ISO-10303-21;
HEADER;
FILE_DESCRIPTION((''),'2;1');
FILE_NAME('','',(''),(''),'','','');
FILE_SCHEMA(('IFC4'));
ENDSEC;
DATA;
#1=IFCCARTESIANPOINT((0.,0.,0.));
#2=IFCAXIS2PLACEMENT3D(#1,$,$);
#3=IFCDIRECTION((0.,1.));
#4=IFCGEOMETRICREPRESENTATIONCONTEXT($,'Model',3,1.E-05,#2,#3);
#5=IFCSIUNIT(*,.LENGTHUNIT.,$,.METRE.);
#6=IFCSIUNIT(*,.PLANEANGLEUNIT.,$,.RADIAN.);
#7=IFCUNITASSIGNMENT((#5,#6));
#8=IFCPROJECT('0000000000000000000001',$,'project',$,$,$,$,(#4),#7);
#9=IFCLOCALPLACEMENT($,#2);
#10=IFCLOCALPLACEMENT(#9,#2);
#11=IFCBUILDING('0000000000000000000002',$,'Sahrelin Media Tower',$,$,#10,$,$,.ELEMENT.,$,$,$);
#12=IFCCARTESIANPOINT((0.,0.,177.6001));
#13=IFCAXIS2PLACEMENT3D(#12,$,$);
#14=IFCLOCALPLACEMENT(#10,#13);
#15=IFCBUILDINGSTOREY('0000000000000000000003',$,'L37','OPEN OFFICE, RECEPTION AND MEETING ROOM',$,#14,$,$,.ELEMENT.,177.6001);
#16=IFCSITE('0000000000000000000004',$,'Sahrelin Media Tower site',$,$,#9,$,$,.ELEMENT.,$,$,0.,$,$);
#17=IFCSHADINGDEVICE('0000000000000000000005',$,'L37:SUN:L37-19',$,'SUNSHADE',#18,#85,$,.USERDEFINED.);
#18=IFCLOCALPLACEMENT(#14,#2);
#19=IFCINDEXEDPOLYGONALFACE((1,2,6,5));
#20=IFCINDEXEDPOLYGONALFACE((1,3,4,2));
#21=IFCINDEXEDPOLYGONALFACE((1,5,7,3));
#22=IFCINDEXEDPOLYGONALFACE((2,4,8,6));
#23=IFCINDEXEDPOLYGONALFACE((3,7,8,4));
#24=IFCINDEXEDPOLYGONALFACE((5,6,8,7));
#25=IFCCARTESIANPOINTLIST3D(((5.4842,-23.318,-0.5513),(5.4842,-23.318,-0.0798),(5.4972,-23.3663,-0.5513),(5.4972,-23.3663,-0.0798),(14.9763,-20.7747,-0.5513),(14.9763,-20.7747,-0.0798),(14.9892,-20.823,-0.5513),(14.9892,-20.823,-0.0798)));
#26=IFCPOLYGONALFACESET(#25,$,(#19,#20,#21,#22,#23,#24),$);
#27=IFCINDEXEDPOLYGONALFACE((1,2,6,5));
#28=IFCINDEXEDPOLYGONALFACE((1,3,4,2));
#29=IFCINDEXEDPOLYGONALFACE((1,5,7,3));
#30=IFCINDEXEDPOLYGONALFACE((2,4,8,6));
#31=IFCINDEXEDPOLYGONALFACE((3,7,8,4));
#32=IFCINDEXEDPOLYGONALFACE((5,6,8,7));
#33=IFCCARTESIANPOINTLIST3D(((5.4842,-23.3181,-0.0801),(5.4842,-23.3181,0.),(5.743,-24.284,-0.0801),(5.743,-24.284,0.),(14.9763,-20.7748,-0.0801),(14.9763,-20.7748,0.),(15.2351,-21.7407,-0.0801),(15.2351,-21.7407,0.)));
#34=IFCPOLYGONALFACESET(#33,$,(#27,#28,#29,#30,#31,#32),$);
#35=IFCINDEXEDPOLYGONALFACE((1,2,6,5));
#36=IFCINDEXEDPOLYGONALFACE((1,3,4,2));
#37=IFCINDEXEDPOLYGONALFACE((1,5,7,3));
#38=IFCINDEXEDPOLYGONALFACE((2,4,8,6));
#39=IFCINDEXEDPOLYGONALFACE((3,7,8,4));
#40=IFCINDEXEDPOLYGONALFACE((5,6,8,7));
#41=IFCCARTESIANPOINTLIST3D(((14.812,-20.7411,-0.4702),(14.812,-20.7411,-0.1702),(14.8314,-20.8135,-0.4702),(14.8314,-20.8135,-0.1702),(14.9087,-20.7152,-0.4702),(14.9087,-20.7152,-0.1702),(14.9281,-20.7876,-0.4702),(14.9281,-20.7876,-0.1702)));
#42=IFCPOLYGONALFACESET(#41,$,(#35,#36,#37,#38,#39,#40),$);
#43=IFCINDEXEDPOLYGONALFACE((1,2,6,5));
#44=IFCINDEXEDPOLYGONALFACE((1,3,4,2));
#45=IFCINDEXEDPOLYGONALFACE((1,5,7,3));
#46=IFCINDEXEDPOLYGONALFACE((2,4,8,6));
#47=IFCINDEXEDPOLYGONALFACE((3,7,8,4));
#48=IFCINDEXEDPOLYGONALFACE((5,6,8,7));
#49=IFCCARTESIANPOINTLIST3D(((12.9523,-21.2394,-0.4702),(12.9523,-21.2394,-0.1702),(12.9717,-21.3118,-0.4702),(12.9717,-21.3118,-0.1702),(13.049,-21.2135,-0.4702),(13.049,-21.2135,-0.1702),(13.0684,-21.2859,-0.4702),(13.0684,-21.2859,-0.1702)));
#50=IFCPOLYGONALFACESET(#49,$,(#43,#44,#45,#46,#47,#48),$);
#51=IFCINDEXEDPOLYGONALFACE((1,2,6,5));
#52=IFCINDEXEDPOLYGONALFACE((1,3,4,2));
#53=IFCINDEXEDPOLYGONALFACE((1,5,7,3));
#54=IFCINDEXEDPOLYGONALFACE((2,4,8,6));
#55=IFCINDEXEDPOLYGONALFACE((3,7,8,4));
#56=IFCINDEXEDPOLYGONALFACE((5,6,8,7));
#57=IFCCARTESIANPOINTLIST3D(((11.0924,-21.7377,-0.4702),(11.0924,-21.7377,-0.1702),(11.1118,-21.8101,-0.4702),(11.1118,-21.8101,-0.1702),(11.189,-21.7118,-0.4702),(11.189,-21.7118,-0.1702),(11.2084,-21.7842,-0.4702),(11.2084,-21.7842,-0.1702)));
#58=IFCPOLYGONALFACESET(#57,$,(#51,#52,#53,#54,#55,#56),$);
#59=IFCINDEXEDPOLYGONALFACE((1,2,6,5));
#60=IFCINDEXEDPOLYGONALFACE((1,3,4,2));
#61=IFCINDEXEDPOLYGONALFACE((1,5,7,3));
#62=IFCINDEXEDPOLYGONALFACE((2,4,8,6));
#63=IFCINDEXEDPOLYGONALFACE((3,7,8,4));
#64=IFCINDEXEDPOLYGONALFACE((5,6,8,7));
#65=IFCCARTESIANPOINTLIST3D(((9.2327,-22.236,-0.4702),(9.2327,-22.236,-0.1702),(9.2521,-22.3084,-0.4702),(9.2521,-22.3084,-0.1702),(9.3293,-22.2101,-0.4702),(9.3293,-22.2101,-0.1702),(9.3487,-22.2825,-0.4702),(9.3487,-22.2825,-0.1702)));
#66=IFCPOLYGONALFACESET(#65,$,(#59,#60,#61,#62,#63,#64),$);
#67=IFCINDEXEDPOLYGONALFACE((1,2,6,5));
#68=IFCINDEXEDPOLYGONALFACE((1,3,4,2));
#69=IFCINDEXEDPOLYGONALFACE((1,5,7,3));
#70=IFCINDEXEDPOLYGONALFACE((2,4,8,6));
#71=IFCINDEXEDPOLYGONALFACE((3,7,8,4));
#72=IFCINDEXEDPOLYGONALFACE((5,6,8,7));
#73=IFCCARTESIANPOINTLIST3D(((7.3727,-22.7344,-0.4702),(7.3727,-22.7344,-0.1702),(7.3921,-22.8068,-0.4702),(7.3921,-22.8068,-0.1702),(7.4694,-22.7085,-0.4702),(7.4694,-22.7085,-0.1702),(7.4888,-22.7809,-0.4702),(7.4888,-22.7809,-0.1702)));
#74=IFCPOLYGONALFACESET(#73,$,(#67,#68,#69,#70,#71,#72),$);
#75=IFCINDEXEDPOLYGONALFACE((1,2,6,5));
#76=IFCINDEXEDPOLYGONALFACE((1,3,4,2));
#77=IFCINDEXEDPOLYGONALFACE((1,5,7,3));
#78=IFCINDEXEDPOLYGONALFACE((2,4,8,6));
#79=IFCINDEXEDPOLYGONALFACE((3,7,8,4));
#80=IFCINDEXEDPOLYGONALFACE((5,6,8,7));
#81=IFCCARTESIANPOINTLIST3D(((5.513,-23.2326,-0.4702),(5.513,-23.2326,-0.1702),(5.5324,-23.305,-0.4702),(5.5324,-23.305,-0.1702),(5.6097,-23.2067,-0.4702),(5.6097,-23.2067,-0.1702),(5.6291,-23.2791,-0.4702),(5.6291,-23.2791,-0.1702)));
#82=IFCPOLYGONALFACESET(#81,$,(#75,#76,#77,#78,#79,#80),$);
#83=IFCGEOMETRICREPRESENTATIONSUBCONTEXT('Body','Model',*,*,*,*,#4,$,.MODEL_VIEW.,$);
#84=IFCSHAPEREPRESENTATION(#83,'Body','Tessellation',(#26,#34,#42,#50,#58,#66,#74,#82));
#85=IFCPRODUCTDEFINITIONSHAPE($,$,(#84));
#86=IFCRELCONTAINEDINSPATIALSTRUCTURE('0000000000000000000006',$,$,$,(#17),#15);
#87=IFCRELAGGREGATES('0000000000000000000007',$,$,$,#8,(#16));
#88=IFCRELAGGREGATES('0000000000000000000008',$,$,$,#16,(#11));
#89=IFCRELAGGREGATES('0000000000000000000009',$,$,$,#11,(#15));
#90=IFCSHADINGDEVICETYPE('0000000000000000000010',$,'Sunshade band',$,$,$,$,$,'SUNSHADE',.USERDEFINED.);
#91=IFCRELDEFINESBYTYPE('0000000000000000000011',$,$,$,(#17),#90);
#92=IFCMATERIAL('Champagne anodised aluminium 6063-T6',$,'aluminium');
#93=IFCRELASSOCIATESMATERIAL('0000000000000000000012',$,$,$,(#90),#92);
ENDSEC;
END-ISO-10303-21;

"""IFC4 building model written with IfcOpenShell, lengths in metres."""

from ifc_helpers import new_model, si_unit, direction, frame, origin, origin_2d, place, context, subcontext, project, spatial, rectangle, extrude, material, type_object, element, save


model = new_model("IFC4")

# Units and contexts
model_context = context("Model", 3, precision=1e-05, world=origin(), true_north=direction((0.0, 1.0)))
body_context = subcontext(model_context, "Body", "Model", "MODEL_VIEW")
ifc_project = project(units=[si_unit("LENGTHUNIT", "METRE"), si_unit("PLANEANGLEUNIT", "RADIAN")], contexts=[model_context])

# Site, building, storey
site_placement = place(None, origin())
site = spatial("IfcSite", under=ifc_project, at=site_placement, Name="Sahrelin Media Tower site", CompositionType="ELEMENT", RefElevation=0.0)
building_placement = place(site_placement, origin())
building = spatial("IfcBuilding", under=site, at=building_placement, Name="Sahrelin Media Tower", CompositionType="ELEMENT")
storey_placement = place(building_placement, frame((0.0, 0.0, 177.6001)))
storey = spatial("IfcBuildingStorey", under=building, at=storey_placement, Name="L37", Description="OPEN OFFICE, RECEPTION AND MEETING ROOM", CompositionType="ELEMENT", Elevation=177.6001)

# Shared definitions
ifc_material_1 = material(Name="Champagne anodised aluminium 6063-T6", Category="aluminium")

# Shading device
placement = place(storey_placement, frame((10.2251, -22.0271, 0.0), z_axis=(0.0, 0.0, 1.0), x_axis=(-0.965929, -0.258808, 0.0)))
shading_device_type_1 = type_object("IfcShadingDeviceType", Name="Sunshade band", ElementType="SUNSHADE", PredefinedType="USERDEFINED", material=ifc_material_1)
element("IfcShadingDevice", 1, at=placement, inside=storey, type_object=shading_device_type_1, Name="L37:SUN:L37-19", ObjectType="SUNSHADE", PredefinedType="USERDEFINED", context=body_context, shape_type="SweptSolid", body=[
    extrude(rectangle(XDim=9.8269, YDim=0.05, at=origin_2d()), frame((0.0, 0.0449, -0.5513)), (0.0, 0.0, 1.0), 0.4714),
    extrude(rectangle(XDim=9.8269, YDim=1.0, at=origin_2d()), frame((0.0, 0.52, -0.0801)), (0.0, 0.0, 1.0), 0.0801),
    extrude(rectangle(XDim=0.1001, YDim=0.075, at=origin_2d()), frame((-4.8135, -0.0176, -0.4702)), (0.0, 0.0, 1.0), 0.3),
    extrude(rectangle(XDim=0.1001, YDim=0.075, at=origin_2d()), frame((-2.8882, -0.0176, -0.4702)), (0.0, 0.0, 1.0), 0.3),
    extrude(rectangle(XDim=0.1001, YDim=0.075, at=origin_2d()), frame((-0.9626, -0.0176, -0.4702)), (0.0, 0.0, 1.0), 0.3),
    extrude(rectangle(XDim=0.1001, YDim=0.075, at=origin_2d()), frame((0.9626, -0.0176, -0.4702)), (0.0, 0.0, 1.0), 0.3),
    extrude(rectangle(XDim=0.1001, YDim=0.075, at=origin_2d()), frame((2.8882, -0.0176, -0.4702)), (0.0, 0.0, 1.0), 0.3),
    extrude(rectangle(XDim=0.1001, YDim=0.075, at=origin_2d()), frame((4.8135, -0.0176, -0.4702)), (0.0, 0.0, 1.0), 0.3),
])

save(model, "model.ifc")
